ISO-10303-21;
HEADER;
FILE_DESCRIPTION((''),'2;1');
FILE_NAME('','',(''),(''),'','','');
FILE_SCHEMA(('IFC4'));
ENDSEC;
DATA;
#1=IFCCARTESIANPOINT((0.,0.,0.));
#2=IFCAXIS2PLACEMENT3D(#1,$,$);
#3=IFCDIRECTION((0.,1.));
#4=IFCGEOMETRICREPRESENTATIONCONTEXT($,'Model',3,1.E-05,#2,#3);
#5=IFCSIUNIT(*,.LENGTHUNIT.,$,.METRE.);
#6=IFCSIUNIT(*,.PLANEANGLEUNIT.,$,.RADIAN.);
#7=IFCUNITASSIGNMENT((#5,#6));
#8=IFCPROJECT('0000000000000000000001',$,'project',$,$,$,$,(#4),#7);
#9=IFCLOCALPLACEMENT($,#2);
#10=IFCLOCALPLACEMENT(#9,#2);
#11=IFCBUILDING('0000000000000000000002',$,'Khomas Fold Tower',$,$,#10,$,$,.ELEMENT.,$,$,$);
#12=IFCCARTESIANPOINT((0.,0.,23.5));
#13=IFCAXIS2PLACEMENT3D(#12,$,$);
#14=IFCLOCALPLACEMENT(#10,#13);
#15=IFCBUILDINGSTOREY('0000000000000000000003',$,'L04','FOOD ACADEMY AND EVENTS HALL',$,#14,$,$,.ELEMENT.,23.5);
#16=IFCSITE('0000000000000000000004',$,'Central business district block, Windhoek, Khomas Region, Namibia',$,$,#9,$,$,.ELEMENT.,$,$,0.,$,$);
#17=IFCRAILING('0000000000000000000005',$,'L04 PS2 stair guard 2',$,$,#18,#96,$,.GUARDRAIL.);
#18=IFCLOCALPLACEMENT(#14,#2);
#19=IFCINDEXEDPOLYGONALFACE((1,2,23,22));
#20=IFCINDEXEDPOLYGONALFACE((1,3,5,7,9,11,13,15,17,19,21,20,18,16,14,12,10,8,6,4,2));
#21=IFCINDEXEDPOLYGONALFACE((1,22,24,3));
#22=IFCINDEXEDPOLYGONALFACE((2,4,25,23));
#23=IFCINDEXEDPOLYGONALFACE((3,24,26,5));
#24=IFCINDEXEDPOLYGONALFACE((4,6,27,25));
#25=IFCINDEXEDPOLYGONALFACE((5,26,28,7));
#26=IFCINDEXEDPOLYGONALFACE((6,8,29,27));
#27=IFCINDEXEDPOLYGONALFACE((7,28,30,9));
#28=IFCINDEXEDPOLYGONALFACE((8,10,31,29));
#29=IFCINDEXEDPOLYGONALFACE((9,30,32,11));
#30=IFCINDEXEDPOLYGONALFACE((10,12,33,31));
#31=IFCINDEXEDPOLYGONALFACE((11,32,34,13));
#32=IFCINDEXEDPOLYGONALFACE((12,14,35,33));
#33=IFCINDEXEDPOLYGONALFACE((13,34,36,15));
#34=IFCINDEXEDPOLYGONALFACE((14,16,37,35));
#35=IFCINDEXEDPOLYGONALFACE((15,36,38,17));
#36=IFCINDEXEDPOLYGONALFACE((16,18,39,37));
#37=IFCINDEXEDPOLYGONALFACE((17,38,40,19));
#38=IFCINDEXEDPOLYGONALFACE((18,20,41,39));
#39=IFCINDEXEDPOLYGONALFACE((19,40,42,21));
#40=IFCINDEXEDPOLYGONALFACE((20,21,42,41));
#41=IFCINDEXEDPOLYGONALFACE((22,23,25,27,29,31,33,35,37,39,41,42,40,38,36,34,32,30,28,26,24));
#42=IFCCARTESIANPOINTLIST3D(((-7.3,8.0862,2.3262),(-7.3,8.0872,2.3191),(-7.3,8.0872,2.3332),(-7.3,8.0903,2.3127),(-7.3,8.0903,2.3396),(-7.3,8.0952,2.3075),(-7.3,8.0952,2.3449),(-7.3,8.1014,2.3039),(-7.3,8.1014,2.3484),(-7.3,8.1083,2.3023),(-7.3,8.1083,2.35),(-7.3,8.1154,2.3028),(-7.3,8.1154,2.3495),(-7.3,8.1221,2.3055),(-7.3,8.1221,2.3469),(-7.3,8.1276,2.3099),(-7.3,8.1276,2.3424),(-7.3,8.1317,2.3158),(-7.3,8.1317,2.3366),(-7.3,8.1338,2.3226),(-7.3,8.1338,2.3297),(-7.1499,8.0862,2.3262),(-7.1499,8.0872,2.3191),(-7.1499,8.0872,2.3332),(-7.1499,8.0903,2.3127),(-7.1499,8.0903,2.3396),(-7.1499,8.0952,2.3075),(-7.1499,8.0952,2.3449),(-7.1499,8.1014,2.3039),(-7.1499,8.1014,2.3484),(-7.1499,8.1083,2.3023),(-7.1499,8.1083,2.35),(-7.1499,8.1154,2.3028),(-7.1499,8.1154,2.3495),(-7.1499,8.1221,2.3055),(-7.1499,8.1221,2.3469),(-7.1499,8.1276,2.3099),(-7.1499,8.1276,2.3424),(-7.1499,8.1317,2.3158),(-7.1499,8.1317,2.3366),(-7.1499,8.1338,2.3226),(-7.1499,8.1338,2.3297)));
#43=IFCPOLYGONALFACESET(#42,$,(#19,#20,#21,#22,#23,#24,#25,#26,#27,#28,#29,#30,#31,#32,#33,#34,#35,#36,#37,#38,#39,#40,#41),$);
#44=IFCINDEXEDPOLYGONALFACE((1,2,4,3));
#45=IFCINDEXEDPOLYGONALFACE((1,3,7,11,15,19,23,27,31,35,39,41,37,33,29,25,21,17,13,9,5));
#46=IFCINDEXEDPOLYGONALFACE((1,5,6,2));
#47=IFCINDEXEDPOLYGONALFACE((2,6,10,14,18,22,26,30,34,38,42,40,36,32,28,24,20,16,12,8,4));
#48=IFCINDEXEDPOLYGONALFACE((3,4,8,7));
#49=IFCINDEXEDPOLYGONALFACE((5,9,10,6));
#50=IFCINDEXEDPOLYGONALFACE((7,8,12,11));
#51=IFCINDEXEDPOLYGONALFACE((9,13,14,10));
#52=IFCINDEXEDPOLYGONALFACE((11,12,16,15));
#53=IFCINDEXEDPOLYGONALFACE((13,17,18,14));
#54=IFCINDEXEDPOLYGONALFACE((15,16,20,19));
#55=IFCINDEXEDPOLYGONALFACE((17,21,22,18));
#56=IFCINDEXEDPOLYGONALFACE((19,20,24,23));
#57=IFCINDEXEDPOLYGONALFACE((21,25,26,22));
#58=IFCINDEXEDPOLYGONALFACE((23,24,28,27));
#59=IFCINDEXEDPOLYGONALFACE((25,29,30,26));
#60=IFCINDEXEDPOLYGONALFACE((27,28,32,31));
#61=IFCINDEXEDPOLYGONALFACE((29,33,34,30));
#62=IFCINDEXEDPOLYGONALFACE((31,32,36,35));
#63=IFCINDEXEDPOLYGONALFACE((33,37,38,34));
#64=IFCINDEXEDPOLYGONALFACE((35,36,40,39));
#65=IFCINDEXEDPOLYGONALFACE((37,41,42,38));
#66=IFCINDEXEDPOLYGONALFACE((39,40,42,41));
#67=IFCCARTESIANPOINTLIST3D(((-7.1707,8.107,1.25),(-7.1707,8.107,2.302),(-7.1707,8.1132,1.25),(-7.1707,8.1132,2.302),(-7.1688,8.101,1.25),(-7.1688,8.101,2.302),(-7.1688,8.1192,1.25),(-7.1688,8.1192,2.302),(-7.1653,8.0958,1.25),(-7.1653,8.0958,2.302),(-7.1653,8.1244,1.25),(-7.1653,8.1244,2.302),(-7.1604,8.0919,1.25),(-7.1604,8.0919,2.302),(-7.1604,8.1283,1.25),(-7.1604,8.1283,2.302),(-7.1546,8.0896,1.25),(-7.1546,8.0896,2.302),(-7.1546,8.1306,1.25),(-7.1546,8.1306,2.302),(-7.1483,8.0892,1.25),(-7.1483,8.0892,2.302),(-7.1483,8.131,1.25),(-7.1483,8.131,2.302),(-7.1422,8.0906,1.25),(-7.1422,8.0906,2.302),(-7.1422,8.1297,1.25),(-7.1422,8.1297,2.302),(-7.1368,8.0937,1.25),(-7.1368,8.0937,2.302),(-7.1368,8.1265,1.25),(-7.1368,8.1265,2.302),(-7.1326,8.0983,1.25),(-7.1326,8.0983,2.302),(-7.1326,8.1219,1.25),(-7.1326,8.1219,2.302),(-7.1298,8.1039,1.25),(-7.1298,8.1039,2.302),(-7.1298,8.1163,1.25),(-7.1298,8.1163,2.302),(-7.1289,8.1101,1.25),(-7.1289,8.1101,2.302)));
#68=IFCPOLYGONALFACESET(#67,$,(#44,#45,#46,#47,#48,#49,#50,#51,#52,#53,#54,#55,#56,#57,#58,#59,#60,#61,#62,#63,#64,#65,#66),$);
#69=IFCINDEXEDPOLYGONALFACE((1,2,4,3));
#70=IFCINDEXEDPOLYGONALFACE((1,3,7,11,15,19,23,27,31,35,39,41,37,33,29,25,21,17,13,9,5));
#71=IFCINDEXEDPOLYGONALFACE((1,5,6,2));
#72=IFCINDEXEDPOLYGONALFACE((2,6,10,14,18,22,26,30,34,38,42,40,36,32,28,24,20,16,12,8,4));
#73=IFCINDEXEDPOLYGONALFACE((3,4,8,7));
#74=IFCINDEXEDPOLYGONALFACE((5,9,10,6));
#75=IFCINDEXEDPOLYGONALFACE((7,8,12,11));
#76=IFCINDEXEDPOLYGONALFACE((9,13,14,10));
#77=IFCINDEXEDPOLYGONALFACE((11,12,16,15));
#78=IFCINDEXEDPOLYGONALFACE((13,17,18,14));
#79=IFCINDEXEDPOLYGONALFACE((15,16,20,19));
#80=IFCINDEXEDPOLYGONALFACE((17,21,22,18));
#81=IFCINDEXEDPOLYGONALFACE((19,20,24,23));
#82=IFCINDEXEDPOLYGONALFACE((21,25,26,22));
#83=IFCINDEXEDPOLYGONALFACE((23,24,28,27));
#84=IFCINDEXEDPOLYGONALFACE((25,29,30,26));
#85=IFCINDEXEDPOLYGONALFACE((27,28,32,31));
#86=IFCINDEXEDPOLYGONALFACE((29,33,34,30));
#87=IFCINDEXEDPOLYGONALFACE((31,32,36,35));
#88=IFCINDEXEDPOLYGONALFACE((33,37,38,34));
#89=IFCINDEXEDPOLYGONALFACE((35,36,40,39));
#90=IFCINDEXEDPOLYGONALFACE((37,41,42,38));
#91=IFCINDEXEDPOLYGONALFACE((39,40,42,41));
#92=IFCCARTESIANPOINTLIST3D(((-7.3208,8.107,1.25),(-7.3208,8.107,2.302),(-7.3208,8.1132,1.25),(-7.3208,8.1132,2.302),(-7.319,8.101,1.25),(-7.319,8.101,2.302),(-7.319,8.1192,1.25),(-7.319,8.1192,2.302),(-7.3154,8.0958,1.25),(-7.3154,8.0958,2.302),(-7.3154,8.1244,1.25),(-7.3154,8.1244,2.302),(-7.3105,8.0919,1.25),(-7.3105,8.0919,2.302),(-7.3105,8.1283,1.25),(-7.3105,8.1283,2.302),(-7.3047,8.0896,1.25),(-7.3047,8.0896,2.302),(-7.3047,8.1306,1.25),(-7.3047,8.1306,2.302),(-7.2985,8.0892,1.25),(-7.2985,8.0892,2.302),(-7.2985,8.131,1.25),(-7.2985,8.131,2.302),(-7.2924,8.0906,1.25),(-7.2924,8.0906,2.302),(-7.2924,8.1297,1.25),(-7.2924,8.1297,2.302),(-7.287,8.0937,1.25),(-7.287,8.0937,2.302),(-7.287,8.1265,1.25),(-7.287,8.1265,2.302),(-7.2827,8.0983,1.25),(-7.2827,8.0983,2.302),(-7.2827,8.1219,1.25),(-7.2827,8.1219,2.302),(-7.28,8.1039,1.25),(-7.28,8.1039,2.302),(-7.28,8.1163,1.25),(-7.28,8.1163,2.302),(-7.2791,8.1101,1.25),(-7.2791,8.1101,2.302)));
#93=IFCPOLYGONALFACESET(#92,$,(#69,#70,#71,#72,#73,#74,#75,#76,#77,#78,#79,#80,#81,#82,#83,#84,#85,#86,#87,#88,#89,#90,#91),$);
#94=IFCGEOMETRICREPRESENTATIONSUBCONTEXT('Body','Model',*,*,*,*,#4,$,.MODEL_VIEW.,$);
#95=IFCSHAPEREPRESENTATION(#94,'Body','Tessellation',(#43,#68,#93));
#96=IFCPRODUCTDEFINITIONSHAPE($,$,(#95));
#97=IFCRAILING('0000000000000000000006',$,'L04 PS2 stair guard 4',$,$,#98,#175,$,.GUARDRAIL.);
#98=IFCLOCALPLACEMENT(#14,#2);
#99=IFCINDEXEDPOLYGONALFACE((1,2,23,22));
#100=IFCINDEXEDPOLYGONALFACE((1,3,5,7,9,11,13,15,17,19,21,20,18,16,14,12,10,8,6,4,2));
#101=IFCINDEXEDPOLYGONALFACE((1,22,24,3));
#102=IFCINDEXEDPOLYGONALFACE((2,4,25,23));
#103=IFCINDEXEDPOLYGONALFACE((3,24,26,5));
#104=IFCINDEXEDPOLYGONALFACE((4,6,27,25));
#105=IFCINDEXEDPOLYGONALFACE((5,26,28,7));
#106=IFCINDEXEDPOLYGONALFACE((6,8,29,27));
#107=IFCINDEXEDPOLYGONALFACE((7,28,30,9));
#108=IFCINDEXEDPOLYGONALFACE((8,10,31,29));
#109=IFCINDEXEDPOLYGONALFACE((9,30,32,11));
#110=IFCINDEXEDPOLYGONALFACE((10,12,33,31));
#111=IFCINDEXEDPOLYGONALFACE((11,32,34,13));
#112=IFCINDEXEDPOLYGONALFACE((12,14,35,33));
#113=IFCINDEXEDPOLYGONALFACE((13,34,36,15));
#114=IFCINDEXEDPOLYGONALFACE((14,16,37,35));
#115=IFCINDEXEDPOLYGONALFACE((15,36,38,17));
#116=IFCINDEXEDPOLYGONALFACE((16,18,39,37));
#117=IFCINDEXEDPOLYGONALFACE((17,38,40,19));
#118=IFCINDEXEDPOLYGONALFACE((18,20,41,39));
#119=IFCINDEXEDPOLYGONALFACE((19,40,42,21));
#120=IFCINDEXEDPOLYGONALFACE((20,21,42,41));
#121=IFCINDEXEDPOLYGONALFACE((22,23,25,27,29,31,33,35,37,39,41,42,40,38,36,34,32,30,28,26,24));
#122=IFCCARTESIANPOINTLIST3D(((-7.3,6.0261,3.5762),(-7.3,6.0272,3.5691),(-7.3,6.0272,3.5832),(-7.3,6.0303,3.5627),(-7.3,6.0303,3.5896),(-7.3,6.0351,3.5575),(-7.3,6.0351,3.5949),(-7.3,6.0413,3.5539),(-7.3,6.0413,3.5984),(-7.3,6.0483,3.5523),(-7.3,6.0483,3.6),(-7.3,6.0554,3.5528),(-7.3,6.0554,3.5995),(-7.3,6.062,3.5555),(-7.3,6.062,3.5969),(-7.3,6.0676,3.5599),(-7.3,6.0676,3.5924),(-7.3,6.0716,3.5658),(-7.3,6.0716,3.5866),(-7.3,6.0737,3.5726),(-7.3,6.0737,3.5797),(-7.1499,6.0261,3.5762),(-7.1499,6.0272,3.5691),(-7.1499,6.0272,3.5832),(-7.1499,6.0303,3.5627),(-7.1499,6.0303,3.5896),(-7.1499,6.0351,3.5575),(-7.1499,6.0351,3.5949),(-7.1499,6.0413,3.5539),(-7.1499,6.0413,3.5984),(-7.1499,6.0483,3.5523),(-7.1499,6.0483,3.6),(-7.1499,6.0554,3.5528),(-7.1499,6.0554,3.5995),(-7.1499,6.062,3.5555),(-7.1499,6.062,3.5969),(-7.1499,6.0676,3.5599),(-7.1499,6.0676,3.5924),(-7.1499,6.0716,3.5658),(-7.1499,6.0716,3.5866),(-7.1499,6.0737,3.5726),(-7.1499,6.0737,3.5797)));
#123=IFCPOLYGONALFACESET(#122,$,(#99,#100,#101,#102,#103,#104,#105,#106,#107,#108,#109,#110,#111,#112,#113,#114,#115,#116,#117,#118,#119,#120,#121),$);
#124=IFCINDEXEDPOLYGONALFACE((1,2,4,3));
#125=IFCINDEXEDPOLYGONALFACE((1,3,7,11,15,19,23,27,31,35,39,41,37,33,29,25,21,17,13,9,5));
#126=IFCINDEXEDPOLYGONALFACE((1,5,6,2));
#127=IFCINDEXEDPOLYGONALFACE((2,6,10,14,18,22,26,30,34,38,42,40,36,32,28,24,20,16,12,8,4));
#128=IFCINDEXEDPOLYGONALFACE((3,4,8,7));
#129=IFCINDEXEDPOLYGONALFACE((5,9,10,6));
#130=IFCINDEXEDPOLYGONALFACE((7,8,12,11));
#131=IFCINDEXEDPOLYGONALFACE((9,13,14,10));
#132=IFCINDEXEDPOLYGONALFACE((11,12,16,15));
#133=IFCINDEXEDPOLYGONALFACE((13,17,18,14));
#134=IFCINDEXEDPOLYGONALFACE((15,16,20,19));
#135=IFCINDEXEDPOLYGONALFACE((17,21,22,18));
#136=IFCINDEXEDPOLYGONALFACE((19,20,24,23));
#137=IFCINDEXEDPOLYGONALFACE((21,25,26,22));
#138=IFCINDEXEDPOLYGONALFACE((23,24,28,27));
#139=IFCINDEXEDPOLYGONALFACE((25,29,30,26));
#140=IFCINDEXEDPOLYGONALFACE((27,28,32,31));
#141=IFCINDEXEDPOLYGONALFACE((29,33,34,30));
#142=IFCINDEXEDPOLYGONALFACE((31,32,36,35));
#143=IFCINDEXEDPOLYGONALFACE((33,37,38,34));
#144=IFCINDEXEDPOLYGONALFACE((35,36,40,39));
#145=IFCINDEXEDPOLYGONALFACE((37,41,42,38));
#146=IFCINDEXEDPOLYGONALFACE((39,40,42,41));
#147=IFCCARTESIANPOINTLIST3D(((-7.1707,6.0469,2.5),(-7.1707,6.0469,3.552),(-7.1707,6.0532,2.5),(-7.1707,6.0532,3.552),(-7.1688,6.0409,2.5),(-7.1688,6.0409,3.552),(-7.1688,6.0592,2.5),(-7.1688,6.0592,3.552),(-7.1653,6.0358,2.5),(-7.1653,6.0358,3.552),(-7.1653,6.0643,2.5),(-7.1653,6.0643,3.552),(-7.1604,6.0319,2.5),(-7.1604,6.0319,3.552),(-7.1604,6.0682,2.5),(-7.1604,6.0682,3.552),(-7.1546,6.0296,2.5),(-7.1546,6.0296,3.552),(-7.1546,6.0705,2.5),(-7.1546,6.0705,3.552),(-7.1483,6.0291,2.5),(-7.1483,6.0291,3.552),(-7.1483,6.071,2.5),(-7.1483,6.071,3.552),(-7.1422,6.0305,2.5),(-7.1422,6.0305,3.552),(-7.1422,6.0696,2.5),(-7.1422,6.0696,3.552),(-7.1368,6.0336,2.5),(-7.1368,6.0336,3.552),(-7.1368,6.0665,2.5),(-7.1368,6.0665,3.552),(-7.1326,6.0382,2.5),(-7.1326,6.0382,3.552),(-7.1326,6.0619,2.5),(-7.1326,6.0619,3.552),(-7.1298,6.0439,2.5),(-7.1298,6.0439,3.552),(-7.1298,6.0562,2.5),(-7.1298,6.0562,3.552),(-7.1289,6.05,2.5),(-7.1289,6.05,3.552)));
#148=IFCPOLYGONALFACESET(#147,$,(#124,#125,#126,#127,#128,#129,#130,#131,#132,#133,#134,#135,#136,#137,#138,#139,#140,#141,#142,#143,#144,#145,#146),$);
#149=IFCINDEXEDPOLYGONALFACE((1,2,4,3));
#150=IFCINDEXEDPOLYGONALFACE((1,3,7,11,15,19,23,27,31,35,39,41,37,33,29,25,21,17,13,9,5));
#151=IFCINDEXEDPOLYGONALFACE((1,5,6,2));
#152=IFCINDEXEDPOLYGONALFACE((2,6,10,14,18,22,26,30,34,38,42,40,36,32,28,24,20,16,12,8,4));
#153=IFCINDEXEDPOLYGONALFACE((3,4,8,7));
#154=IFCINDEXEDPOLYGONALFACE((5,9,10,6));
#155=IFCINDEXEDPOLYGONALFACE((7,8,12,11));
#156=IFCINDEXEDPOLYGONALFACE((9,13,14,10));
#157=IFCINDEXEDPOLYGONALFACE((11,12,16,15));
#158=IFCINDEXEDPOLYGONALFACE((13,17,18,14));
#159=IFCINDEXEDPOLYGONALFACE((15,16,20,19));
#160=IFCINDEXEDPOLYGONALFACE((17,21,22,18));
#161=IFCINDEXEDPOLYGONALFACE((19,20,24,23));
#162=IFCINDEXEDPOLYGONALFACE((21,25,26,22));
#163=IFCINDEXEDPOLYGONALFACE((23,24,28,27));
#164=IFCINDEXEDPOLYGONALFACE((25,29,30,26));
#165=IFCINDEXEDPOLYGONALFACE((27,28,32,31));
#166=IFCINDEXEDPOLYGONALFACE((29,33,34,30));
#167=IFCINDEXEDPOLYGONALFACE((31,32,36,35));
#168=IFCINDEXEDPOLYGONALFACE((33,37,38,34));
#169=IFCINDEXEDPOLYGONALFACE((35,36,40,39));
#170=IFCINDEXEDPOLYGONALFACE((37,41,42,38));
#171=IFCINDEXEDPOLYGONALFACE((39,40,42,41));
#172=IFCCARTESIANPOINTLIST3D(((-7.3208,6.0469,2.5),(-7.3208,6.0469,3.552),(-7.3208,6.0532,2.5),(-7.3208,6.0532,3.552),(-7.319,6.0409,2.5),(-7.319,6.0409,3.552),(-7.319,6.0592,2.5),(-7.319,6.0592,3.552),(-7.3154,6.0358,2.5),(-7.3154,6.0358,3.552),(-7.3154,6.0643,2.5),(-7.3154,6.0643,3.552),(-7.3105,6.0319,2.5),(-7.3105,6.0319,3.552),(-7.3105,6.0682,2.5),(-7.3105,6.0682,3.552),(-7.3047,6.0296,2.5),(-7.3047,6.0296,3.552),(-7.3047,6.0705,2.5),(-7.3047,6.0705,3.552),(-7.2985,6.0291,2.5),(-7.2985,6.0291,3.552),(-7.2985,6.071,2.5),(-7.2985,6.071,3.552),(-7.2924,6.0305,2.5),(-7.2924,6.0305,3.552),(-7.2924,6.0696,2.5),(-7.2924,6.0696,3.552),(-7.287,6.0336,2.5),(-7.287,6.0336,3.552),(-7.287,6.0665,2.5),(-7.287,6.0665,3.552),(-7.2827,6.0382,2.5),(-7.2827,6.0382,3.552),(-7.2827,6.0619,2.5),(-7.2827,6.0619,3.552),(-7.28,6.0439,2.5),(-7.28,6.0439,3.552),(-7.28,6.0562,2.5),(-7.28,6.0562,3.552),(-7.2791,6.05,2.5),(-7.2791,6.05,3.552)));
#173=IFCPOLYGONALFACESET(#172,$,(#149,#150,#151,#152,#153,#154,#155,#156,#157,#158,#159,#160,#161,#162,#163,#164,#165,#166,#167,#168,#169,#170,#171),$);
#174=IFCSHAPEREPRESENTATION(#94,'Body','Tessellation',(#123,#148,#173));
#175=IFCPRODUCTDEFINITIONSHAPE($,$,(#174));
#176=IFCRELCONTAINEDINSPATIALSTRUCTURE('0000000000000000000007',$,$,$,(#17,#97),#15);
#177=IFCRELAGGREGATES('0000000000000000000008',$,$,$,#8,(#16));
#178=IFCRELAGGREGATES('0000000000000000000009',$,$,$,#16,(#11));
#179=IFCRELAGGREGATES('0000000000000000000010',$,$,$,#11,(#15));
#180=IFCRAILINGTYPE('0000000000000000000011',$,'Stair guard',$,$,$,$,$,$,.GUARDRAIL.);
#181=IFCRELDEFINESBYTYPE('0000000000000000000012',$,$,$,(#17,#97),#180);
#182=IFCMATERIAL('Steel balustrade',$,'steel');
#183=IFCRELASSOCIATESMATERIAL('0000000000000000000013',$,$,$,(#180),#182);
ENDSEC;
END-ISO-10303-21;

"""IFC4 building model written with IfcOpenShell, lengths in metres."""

from ifc_helpers import new_model, si_unit, direction, frame, origin, origin_2d, place, context, subcontext, project, spatial, circle, extrude, source, transform, mapped, material, type_object, element, save


model = new_model("IFC4")

# Units and contexts
model_context = context("Model", 3, precision=1e-05, world=origin(), true_north=direction((0.0, 1.0)))
body_context = subcontext(model_context, "Body", "Model", "MODEL_VIEW")
ifc_project = project(units=[si_unit("LENGTHUNIT", "METRE"), si_unit("PLANEANGLEUNIT", "RADIAN")], contexts=[model_context])

# Site, building, storey
site_placement = place(None, origin())
site = spatial("IfcSite", under=ifc_project, at=site_placement, Name="Central business district block, Windhoek, Khomas Region, Namibia", CompositionType="ELEMENT", RefElevation=0.0)
building_placement = place(site_placement, origin())
building = spatial("IfcBuilding", under=site, at=building_placement, Name="Khomas Fold Tower", CompositionType="ELEMENT")
storey_placement = place(building_placement, frame((0.0, 0.0, 23.5)))
storey = spatial("IfcBuildingStorey", under=building, at=storey_placement, Name="L04", Description="FOOD ACADEMY AND EVENTS HALL", CompositionType="ELEMENT", Elevation=23.5)

# Railings
ifc_material_1 = material(Name="Steel balustrade", Category="steel")
railing_type_1 = type_object("IfcRailingType", Name="Stair guard", PredefinedType="GUARDRAIL", material=ifc_material_1)
shared_shape_1 = source(origin(), body_context, "Body", "SweptSolid", [
    extrude(circle(Radius=0.0239, at=origin_2d()), frame((0.0, 0.0, 1.0762), z_axis=(-1.0, 0.0, 0.0), x_axis=(0.0, -1.0, 0.0)), (0.0, 0.0, 1.0), 0.1501),
    extrude(circle(Radius=0.021, at=origin_2d()), origin(), (0.0, 0.0, 1.0), 1.052),
    extrude(circle(Radius=0.021, at=origin_2d()), frame((-0.1501, 0.0, 0.0)), (0.0, 0.0, 1.0), 1.052),
])
for number, where, name in (
    (1, (-7.1499, 8.1101, 1.25), "L04 PS2 stair guard 2"),
    (2, (-7.1499, 6.05, 2.5), "L04 PS2 stair guard 4"),
):
    element("IfcRailing", number, at=place(storey_placement, frame(where)), inside=storey, type_object=railing_type_1, Name=name, PredefinedType="GUARDRAIL", context=body_context, shape_type="MappedRepresentation", body=[
        mapped(shared_shape_1, transform((0.0, 0.0, 0.0))),
    ])

save(model, "model.ifc")
